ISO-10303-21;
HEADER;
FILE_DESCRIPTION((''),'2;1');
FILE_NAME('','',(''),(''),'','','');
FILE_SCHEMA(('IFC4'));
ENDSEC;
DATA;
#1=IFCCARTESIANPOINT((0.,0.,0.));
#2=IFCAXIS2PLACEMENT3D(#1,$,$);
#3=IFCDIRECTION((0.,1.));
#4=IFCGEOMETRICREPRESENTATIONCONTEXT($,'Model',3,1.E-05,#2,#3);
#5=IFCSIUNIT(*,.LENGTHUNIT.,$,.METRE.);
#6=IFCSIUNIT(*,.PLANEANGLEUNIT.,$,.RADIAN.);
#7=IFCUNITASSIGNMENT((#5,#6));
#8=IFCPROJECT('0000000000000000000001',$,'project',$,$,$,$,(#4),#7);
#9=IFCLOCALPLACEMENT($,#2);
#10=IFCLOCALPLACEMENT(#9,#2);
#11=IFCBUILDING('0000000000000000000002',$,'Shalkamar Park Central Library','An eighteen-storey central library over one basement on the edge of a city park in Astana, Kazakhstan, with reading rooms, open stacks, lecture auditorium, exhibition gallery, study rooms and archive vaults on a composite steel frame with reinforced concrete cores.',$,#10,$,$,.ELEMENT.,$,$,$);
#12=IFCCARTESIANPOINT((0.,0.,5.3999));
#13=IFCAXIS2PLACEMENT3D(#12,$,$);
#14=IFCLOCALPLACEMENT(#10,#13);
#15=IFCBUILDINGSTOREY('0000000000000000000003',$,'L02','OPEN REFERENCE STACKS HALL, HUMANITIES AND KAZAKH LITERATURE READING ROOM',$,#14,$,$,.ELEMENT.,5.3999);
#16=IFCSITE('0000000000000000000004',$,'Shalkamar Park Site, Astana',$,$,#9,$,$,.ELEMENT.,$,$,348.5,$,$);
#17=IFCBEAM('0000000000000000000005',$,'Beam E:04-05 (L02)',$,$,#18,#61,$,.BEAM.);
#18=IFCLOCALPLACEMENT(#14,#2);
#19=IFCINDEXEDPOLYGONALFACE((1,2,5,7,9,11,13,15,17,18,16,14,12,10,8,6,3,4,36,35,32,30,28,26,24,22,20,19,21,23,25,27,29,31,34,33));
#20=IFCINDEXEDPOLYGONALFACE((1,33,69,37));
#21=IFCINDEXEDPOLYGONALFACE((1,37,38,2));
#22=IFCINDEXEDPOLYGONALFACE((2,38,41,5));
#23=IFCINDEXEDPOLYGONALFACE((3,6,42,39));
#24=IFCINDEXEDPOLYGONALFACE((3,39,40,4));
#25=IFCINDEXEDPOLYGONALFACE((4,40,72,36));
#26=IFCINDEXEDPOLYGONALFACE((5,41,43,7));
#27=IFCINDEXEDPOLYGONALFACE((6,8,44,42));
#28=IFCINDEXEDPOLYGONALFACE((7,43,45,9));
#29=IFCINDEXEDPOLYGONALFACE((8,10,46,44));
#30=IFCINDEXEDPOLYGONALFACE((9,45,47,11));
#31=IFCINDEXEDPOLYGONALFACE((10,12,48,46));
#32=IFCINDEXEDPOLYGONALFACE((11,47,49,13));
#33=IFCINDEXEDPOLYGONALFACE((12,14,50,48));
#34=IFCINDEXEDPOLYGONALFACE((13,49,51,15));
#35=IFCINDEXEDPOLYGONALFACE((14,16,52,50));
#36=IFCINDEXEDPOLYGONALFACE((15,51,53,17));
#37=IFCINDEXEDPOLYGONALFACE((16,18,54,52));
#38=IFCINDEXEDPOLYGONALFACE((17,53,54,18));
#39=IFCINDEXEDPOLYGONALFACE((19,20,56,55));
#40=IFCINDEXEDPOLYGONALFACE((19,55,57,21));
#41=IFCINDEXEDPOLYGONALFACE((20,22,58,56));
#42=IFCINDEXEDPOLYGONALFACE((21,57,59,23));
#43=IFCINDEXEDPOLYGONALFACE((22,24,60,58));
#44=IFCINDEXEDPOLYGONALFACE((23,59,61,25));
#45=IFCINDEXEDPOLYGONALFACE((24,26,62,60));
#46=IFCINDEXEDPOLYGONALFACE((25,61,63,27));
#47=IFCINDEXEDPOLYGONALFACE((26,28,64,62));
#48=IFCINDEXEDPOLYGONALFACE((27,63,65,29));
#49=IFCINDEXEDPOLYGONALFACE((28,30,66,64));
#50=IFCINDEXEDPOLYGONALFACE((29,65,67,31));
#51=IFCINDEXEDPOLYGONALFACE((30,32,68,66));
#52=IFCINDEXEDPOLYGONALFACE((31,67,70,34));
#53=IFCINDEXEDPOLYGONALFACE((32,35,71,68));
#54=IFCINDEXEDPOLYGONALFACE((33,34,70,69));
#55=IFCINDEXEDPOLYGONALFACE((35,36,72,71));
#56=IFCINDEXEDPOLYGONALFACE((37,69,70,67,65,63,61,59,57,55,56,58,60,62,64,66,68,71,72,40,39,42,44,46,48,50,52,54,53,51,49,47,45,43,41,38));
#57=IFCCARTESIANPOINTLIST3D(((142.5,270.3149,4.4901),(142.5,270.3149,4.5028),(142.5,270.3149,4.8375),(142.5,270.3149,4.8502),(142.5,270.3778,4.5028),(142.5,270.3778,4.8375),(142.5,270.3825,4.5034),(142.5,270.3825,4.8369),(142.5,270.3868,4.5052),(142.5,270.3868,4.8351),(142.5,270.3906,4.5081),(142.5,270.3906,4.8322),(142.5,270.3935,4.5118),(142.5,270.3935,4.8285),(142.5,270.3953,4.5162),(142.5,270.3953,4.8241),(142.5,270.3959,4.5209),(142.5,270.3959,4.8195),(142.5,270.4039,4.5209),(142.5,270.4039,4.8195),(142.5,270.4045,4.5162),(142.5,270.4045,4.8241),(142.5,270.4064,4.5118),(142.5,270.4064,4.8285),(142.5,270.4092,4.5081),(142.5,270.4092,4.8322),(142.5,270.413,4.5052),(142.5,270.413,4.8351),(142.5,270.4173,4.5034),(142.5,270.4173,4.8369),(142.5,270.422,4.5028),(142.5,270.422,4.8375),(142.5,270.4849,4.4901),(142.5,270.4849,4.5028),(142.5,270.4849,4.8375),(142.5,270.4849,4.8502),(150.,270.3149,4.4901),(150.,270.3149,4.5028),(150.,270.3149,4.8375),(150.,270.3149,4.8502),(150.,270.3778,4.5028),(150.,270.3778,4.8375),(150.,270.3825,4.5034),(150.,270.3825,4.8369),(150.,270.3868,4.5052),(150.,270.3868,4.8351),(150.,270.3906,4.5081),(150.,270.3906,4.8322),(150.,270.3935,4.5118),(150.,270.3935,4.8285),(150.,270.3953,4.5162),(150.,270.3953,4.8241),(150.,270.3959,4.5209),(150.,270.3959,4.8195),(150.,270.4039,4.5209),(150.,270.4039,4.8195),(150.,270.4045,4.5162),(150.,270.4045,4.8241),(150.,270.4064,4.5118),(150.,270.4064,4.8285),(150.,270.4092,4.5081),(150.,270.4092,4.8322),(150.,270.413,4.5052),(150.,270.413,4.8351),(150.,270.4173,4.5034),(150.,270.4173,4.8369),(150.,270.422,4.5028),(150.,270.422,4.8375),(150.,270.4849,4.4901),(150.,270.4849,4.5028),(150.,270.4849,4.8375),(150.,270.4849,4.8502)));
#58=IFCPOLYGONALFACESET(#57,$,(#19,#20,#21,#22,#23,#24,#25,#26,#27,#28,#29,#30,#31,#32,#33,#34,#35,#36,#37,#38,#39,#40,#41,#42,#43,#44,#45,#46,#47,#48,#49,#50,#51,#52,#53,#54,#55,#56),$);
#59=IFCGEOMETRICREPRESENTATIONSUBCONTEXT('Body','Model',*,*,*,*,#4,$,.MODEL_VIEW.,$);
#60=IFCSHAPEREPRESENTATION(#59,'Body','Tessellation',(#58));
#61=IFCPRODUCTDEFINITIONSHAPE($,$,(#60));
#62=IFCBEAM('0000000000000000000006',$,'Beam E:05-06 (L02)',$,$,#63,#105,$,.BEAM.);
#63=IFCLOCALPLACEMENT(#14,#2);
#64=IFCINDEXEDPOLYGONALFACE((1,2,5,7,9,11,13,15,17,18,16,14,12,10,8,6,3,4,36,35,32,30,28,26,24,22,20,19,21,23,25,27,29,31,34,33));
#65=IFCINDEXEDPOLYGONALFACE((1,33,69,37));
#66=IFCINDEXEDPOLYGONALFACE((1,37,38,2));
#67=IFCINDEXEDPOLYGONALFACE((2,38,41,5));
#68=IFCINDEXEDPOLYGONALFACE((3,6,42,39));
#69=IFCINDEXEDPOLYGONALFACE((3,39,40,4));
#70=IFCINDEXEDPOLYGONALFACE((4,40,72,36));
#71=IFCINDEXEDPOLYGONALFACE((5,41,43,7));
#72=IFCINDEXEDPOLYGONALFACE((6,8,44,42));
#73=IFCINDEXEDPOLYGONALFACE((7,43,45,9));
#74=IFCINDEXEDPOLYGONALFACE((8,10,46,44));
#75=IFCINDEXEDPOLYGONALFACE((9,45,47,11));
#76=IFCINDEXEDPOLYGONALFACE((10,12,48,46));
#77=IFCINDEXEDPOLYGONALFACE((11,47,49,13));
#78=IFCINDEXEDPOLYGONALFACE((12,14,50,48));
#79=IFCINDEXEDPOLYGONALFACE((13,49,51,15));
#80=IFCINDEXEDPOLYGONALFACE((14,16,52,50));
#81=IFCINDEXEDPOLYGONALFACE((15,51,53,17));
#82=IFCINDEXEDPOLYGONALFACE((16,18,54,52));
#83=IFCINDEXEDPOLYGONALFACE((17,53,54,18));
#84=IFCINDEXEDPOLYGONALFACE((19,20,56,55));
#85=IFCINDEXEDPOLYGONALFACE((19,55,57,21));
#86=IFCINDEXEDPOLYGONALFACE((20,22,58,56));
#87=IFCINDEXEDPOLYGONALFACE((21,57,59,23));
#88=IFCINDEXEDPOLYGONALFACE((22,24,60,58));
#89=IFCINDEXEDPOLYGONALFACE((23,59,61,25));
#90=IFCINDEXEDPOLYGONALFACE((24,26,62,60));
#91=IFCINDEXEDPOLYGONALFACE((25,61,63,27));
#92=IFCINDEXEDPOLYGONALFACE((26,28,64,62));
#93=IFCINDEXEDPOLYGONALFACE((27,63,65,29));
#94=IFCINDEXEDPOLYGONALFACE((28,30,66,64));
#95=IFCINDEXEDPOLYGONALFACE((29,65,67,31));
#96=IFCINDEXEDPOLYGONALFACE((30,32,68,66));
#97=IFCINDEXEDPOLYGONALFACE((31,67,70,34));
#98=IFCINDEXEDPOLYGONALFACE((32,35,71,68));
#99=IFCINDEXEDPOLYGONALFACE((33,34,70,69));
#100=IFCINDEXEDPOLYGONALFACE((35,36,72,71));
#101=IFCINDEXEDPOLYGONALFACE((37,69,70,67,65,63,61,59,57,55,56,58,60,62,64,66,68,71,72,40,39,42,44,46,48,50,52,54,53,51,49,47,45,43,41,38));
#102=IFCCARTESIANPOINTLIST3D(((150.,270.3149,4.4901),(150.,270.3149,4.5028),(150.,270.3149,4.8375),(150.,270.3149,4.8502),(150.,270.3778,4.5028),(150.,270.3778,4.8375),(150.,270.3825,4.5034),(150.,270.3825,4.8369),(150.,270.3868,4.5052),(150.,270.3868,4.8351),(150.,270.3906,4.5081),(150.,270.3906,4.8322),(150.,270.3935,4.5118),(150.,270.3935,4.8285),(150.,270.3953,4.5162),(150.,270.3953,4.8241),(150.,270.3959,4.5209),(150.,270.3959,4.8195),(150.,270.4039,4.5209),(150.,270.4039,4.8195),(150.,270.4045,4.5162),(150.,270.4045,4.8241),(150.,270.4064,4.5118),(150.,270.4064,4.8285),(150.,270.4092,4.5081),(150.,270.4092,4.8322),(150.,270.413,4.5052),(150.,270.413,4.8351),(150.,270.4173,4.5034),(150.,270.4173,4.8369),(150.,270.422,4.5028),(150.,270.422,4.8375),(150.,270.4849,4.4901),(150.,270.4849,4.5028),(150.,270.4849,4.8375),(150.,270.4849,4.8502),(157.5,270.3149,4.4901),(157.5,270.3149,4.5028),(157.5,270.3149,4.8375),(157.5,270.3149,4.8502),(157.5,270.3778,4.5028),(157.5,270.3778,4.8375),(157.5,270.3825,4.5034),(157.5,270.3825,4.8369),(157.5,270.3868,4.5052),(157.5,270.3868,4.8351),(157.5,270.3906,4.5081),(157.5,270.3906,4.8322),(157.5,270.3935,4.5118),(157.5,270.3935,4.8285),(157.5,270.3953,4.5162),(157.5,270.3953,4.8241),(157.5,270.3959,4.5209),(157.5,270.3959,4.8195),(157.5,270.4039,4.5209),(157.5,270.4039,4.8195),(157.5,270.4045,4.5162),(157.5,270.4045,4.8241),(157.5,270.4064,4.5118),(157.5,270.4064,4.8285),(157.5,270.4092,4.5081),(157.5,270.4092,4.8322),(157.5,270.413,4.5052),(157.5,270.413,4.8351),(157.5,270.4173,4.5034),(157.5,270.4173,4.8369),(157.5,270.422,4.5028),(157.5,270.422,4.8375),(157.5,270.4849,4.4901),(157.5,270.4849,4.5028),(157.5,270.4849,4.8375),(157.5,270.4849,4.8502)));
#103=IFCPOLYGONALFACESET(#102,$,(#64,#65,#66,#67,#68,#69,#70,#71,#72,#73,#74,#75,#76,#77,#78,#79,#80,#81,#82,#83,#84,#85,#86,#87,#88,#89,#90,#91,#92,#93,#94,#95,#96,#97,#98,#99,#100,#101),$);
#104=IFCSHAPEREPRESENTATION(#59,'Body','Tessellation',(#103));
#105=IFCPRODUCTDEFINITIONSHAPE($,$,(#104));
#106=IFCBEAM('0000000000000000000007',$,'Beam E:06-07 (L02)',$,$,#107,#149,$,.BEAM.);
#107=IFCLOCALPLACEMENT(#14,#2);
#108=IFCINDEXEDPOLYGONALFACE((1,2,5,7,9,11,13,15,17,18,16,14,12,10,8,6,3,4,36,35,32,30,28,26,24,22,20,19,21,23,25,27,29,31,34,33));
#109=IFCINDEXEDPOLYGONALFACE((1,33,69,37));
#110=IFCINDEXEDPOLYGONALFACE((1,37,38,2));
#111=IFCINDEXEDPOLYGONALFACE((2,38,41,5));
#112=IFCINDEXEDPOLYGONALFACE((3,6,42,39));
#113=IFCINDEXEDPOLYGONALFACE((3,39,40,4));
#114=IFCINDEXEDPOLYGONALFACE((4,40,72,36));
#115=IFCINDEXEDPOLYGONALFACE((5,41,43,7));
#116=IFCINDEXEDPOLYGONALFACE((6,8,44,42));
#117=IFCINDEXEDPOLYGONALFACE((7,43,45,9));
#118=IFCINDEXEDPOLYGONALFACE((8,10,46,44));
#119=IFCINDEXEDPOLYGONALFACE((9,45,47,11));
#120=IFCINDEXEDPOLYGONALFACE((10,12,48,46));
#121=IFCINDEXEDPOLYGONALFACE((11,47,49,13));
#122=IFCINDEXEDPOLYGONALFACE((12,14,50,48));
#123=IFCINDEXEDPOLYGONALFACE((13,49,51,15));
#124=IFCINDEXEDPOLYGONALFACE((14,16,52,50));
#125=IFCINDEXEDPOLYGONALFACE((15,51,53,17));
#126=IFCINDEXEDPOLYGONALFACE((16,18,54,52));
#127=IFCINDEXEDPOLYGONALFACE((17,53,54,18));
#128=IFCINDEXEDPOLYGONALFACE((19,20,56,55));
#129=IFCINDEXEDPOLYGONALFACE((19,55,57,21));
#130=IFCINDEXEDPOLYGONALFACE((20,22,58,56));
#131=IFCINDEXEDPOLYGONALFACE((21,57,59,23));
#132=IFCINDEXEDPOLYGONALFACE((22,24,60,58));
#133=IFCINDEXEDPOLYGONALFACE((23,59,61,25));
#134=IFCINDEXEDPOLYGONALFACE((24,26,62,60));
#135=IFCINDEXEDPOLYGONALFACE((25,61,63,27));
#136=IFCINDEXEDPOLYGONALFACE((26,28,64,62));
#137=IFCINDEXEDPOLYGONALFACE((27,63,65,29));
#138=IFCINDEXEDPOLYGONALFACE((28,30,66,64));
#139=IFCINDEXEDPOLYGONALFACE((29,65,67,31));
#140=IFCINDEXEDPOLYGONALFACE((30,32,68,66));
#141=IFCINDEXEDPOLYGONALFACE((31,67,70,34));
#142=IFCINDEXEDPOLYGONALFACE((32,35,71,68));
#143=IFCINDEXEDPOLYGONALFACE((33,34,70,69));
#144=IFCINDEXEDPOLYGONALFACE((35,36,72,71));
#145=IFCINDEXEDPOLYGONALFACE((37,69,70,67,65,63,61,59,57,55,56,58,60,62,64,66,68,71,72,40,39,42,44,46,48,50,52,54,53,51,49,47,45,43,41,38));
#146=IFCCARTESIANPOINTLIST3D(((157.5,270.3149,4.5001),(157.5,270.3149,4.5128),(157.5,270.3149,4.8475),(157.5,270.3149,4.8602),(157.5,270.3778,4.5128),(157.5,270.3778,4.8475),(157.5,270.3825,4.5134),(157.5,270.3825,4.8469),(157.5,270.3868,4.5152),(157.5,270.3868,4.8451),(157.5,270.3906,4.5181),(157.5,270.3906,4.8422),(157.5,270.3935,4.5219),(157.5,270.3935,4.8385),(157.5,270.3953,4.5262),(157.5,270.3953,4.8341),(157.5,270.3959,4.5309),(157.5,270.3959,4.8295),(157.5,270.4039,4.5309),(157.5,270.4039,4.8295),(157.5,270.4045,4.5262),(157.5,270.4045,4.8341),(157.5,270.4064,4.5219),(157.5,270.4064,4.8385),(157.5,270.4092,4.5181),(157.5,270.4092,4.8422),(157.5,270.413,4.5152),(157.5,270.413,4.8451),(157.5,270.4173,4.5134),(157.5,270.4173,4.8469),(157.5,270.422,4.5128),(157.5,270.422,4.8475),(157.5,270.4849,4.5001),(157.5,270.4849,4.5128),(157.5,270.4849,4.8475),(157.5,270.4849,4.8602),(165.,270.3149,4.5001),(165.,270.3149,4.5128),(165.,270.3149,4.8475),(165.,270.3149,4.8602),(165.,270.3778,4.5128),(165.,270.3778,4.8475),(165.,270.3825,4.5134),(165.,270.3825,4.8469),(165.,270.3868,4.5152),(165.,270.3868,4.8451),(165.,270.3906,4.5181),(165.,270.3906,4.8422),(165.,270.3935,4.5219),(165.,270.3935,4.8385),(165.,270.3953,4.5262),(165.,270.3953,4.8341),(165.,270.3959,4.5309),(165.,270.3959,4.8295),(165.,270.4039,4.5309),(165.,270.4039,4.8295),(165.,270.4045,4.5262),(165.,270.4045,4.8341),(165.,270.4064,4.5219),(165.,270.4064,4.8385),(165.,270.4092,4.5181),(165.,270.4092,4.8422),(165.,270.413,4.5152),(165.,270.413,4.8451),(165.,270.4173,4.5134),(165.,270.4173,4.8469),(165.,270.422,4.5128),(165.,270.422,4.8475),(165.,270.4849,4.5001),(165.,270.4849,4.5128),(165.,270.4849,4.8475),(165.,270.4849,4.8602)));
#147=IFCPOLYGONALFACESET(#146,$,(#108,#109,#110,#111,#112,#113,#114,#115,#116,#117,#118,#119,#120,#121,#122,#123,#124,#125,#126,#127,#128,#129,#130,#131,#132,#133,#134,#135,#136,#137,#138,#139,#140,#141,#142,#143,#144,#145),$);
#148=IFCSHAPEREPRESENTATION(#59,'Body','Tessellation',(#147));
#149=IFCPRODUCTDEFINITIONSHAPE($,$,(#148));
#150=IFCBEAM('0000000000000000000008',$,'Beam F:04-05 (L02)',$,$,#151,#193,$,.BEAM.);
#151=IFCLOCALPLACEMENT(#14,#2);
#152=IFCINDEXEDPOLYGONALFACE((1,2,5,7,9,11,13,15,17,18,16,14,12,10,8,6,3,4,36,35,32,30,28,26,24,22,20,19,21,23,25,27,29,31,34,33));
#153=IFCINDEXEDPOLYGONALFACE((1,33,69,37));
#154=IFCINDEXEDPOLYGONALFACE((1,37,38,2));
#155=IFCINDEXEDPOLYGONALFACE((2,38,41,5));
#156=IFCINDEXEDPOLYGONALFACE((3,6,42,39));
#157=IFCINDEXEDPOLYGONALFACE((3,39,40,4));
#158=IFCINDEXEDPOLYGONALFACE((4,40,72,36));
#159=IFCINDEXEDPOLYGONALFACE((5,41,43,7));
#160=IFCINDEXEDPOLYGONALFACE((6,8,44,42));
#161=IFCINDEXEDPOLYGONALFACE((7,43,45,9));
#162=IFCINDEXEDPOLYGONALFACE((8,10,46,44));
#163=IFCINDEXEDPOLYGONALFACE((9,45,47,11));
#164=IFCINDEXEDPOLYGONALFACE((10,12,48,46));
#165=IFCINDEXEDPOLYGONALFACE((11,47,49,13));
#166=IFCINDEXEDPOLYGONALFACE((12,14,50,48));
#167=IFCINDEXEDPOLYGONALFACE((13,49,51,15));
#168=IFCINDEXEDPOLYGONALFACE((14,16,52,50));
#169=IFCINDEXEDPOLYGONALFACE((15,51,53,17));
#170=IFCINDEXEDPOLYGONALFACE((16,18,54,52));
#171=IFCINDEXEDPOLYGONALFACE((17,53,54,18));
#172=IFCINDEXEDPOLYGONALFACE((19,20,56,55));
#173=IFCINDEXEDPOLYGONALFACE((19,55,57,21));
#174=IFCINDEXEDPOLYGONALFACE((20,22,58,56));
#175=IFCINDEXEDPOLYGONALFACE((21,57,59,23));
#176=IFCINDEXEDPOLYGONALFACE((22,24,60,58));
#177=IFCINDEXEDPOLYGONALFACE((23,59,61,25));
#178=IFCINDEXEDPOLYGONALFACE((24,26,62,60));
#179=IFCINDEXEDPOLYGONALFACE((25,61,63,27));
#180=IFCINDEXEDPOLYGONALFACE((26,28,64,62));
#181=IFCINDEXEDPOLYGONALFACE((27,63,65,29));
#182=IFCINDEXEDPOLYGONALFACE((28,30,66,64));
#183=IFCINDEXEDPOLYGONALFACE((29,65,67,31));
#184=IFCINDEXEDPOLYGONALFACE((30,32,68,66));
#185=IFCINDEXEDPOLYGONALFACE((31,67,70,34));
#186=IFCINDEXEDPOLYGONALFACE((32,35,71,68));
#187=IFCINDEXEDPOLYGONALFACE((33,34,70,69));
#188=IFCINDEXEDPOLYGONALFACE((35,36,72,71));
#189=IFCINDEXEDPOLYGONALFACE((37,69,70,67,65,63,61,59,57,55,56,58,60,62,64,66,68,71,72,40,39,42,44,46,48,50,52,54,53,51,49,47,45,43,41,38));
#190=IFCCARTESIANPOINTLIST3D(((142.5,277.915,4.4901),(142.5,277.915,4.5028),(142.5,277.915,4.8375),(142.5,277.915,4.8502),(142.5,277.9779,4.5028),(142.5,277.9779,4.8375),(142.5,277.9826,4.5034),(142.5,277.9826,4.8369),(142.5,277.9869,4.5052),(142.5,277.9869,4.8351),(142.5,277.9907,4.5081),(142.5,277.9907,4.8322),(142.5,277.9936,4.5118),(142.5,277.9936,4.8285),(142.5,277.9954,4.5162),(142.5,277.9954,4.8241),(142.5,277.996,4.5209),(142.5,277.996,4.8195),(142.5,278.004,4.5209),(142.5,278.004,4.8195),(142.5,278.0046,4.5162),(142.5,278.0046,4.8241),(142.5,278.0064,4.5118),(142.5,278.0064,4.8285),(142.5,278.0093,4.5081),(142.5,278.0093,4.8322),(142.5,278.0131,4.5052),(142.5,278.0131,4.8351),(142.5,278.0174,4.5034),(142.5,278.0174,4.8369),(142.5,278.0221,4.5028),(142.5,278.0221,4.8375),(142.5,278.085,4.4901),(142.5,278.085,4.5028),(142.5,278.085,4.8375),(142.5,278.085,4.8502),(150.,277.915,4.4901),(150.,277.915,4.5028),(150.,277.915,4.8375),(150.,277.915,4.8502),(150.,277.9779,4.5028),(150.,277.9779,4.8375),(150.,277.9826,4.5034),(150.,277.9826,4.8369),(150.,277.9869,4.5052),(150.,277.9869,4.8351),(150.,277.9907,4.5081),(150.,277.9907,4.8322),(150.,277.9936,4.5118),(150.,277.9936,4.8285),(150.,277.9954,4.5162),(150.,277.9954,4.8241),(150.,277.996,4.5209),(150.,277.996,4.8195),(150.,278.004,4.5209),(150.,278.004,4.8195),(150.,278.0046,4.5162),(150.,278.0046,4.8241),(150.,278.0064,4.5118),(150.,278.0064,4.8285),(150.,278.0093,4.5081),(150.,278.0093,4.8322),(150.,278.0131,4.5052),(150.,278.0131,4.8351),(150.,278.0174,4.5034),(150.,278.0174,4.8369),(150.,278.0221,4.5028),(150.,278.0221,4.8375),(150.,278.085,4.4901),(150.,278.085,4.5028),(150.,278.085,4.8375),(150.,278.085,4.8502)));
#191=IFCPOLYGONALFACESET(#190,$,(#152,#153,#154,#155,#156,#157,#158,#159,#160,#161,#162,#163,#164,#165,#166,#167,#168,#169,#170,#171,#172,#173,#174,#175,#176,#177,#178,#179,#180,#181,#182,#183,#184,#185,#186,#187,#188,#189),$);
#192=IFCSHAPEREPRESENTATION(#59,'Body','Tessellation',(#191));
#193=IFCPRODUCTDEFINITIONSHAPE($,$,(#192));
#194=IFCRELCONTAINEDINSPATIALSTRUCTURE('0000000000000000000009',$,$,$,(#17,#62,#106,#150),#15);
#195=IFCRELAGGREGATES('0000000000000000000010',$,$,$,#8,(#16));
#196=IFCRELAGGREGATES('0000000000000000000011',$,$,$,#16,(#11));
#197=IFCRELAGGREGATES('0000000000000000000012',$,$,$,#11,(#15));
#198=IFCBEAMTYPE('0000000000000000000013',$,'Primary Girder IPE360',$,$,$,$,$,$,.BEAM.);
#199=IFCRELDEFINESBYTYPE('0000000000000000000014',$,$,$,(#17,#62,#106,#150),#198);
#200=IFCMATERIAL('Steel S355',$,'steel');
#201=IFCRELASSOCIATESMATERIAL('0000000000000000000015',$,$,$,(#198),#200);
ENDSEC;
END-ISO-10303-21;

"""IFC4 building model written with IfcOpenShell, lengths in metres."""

from ifc_helpers import new_model, si_unit, direction, frame, origin, origin_2d, place, context, subcontext, project, spatial, i_section, extrude, material, material_profile, profile_set, type_object, element, save


model = new_model("IFC4")

# Units and contexts
model_context = context("Model", 3, precision=1e-05, world=origin(), true_north=direction((0.0, 1.0)))
body_context = subcontext(model_context, "Body", "Model", "MODEL_VIEW")
ifc_project = project(units=[si_unit("LENGTHUNIT", "METRE"), si_unit("PLANEANGLEUNIT", "RADIAN")], contexts=[model_context])

# Site, building, storey
site_placement = place(None, origin())
site = spatial("IfcSite", under=ifc_project, at=site_placement, Name="Shalkamar Park Site, Astana", CompositionType="ELEMENT", RefElevation=348.5)
building_placement = place(site_placement, origin())
building = spatial("IfcBuilding", under=site, at=building_placement, Name="Shalkamar Park Central Library", Description="An eighteen-storey central library over one basement on the edge of a city park in Astana, Kazakhstan, with reading rooms, open stacks, lecture auditorium, exhibition gallery, study rooms and archive vaults on a composite steel frame with reinforced concrete cores.", CompositionType="ELEMENT")
storey_placement = place(building_placement, frame((0.0, 0.0, 5.3999)))
storey = spatial("IfcBuildingStorey", under=building, at=storey_placement, Name="L02", Description="OPEN REFERENCE STACKS HALL, HUMANITIES AND KAZAKH LITERATURE READING ROOM", CompositionType="ELEMENT", Elevation=5.3999)

# Shared definitions
ifc_material_1 = material(Name="Steel S355", Category="steel")

# Beams
ifc_material_profile_1 = material_profile(ifc_material_1, i_section(OverallWidth=0.1699, OverallDepth=0.3601, WebThickness=0.0081, FlangeThickness=0.0127, FilletRadius=0.0181, at=origin_2d()), Name="IPE 360")
ifc_profile_set_1 = profile_set([ifc_material_profile_1], Name="Steel S355")
beam_type_1 = type_object("IfcBeamType", Name="Primary Girder IPE360", PredefinedType="BEAM", material=ifc_profile_set_1)
for number, where, z_axis, x_axis, name in (
    (1, (142.5, 270.3999, 4.6702), (1.0, 0.0, 0.0), (0.0, 1.0, 0.0), "Beam E:04-05 (L02)"),
    (2, (150.0, 270.3999, 4.6702), (1.0, 0.0, 0.0), (0.0, 1.0, 0.0), "Beam E:05-06 (L02)"),
    (3, (157.5, 270.3999, 4.6802), (1.0, 0.0, 0.0), (0.0, 1.0, 0.0), "Beam E:06-07 (L02)"),
    (4, (142.5, 278.0, 4.6702), (1.0, 0.0, 0.0), (0.0, 1.0, 0.0), "Beam F:04-05 (L02)"),
):
    element("IfcBeam", number, at=place(storey_placement, frame(where, z_axis=z_axis, x_axis=x_axis)), inside=storey, type_object=beam_type_1, Name=name, PredefinedType="BEAM", context=body_context, shape_type="SweptSolid", body=[
        extrude(i_section(OverallWidth=0.1699, OverallDepth=0.3601, WebThickness=0.0081, FlangeThickness=0.0127, FilletRadius=0.0181, at=origin_2d()), origin(), (0.0, 0.0, 1.0), 7.5),
    ])

save(model, "model.ifc")
